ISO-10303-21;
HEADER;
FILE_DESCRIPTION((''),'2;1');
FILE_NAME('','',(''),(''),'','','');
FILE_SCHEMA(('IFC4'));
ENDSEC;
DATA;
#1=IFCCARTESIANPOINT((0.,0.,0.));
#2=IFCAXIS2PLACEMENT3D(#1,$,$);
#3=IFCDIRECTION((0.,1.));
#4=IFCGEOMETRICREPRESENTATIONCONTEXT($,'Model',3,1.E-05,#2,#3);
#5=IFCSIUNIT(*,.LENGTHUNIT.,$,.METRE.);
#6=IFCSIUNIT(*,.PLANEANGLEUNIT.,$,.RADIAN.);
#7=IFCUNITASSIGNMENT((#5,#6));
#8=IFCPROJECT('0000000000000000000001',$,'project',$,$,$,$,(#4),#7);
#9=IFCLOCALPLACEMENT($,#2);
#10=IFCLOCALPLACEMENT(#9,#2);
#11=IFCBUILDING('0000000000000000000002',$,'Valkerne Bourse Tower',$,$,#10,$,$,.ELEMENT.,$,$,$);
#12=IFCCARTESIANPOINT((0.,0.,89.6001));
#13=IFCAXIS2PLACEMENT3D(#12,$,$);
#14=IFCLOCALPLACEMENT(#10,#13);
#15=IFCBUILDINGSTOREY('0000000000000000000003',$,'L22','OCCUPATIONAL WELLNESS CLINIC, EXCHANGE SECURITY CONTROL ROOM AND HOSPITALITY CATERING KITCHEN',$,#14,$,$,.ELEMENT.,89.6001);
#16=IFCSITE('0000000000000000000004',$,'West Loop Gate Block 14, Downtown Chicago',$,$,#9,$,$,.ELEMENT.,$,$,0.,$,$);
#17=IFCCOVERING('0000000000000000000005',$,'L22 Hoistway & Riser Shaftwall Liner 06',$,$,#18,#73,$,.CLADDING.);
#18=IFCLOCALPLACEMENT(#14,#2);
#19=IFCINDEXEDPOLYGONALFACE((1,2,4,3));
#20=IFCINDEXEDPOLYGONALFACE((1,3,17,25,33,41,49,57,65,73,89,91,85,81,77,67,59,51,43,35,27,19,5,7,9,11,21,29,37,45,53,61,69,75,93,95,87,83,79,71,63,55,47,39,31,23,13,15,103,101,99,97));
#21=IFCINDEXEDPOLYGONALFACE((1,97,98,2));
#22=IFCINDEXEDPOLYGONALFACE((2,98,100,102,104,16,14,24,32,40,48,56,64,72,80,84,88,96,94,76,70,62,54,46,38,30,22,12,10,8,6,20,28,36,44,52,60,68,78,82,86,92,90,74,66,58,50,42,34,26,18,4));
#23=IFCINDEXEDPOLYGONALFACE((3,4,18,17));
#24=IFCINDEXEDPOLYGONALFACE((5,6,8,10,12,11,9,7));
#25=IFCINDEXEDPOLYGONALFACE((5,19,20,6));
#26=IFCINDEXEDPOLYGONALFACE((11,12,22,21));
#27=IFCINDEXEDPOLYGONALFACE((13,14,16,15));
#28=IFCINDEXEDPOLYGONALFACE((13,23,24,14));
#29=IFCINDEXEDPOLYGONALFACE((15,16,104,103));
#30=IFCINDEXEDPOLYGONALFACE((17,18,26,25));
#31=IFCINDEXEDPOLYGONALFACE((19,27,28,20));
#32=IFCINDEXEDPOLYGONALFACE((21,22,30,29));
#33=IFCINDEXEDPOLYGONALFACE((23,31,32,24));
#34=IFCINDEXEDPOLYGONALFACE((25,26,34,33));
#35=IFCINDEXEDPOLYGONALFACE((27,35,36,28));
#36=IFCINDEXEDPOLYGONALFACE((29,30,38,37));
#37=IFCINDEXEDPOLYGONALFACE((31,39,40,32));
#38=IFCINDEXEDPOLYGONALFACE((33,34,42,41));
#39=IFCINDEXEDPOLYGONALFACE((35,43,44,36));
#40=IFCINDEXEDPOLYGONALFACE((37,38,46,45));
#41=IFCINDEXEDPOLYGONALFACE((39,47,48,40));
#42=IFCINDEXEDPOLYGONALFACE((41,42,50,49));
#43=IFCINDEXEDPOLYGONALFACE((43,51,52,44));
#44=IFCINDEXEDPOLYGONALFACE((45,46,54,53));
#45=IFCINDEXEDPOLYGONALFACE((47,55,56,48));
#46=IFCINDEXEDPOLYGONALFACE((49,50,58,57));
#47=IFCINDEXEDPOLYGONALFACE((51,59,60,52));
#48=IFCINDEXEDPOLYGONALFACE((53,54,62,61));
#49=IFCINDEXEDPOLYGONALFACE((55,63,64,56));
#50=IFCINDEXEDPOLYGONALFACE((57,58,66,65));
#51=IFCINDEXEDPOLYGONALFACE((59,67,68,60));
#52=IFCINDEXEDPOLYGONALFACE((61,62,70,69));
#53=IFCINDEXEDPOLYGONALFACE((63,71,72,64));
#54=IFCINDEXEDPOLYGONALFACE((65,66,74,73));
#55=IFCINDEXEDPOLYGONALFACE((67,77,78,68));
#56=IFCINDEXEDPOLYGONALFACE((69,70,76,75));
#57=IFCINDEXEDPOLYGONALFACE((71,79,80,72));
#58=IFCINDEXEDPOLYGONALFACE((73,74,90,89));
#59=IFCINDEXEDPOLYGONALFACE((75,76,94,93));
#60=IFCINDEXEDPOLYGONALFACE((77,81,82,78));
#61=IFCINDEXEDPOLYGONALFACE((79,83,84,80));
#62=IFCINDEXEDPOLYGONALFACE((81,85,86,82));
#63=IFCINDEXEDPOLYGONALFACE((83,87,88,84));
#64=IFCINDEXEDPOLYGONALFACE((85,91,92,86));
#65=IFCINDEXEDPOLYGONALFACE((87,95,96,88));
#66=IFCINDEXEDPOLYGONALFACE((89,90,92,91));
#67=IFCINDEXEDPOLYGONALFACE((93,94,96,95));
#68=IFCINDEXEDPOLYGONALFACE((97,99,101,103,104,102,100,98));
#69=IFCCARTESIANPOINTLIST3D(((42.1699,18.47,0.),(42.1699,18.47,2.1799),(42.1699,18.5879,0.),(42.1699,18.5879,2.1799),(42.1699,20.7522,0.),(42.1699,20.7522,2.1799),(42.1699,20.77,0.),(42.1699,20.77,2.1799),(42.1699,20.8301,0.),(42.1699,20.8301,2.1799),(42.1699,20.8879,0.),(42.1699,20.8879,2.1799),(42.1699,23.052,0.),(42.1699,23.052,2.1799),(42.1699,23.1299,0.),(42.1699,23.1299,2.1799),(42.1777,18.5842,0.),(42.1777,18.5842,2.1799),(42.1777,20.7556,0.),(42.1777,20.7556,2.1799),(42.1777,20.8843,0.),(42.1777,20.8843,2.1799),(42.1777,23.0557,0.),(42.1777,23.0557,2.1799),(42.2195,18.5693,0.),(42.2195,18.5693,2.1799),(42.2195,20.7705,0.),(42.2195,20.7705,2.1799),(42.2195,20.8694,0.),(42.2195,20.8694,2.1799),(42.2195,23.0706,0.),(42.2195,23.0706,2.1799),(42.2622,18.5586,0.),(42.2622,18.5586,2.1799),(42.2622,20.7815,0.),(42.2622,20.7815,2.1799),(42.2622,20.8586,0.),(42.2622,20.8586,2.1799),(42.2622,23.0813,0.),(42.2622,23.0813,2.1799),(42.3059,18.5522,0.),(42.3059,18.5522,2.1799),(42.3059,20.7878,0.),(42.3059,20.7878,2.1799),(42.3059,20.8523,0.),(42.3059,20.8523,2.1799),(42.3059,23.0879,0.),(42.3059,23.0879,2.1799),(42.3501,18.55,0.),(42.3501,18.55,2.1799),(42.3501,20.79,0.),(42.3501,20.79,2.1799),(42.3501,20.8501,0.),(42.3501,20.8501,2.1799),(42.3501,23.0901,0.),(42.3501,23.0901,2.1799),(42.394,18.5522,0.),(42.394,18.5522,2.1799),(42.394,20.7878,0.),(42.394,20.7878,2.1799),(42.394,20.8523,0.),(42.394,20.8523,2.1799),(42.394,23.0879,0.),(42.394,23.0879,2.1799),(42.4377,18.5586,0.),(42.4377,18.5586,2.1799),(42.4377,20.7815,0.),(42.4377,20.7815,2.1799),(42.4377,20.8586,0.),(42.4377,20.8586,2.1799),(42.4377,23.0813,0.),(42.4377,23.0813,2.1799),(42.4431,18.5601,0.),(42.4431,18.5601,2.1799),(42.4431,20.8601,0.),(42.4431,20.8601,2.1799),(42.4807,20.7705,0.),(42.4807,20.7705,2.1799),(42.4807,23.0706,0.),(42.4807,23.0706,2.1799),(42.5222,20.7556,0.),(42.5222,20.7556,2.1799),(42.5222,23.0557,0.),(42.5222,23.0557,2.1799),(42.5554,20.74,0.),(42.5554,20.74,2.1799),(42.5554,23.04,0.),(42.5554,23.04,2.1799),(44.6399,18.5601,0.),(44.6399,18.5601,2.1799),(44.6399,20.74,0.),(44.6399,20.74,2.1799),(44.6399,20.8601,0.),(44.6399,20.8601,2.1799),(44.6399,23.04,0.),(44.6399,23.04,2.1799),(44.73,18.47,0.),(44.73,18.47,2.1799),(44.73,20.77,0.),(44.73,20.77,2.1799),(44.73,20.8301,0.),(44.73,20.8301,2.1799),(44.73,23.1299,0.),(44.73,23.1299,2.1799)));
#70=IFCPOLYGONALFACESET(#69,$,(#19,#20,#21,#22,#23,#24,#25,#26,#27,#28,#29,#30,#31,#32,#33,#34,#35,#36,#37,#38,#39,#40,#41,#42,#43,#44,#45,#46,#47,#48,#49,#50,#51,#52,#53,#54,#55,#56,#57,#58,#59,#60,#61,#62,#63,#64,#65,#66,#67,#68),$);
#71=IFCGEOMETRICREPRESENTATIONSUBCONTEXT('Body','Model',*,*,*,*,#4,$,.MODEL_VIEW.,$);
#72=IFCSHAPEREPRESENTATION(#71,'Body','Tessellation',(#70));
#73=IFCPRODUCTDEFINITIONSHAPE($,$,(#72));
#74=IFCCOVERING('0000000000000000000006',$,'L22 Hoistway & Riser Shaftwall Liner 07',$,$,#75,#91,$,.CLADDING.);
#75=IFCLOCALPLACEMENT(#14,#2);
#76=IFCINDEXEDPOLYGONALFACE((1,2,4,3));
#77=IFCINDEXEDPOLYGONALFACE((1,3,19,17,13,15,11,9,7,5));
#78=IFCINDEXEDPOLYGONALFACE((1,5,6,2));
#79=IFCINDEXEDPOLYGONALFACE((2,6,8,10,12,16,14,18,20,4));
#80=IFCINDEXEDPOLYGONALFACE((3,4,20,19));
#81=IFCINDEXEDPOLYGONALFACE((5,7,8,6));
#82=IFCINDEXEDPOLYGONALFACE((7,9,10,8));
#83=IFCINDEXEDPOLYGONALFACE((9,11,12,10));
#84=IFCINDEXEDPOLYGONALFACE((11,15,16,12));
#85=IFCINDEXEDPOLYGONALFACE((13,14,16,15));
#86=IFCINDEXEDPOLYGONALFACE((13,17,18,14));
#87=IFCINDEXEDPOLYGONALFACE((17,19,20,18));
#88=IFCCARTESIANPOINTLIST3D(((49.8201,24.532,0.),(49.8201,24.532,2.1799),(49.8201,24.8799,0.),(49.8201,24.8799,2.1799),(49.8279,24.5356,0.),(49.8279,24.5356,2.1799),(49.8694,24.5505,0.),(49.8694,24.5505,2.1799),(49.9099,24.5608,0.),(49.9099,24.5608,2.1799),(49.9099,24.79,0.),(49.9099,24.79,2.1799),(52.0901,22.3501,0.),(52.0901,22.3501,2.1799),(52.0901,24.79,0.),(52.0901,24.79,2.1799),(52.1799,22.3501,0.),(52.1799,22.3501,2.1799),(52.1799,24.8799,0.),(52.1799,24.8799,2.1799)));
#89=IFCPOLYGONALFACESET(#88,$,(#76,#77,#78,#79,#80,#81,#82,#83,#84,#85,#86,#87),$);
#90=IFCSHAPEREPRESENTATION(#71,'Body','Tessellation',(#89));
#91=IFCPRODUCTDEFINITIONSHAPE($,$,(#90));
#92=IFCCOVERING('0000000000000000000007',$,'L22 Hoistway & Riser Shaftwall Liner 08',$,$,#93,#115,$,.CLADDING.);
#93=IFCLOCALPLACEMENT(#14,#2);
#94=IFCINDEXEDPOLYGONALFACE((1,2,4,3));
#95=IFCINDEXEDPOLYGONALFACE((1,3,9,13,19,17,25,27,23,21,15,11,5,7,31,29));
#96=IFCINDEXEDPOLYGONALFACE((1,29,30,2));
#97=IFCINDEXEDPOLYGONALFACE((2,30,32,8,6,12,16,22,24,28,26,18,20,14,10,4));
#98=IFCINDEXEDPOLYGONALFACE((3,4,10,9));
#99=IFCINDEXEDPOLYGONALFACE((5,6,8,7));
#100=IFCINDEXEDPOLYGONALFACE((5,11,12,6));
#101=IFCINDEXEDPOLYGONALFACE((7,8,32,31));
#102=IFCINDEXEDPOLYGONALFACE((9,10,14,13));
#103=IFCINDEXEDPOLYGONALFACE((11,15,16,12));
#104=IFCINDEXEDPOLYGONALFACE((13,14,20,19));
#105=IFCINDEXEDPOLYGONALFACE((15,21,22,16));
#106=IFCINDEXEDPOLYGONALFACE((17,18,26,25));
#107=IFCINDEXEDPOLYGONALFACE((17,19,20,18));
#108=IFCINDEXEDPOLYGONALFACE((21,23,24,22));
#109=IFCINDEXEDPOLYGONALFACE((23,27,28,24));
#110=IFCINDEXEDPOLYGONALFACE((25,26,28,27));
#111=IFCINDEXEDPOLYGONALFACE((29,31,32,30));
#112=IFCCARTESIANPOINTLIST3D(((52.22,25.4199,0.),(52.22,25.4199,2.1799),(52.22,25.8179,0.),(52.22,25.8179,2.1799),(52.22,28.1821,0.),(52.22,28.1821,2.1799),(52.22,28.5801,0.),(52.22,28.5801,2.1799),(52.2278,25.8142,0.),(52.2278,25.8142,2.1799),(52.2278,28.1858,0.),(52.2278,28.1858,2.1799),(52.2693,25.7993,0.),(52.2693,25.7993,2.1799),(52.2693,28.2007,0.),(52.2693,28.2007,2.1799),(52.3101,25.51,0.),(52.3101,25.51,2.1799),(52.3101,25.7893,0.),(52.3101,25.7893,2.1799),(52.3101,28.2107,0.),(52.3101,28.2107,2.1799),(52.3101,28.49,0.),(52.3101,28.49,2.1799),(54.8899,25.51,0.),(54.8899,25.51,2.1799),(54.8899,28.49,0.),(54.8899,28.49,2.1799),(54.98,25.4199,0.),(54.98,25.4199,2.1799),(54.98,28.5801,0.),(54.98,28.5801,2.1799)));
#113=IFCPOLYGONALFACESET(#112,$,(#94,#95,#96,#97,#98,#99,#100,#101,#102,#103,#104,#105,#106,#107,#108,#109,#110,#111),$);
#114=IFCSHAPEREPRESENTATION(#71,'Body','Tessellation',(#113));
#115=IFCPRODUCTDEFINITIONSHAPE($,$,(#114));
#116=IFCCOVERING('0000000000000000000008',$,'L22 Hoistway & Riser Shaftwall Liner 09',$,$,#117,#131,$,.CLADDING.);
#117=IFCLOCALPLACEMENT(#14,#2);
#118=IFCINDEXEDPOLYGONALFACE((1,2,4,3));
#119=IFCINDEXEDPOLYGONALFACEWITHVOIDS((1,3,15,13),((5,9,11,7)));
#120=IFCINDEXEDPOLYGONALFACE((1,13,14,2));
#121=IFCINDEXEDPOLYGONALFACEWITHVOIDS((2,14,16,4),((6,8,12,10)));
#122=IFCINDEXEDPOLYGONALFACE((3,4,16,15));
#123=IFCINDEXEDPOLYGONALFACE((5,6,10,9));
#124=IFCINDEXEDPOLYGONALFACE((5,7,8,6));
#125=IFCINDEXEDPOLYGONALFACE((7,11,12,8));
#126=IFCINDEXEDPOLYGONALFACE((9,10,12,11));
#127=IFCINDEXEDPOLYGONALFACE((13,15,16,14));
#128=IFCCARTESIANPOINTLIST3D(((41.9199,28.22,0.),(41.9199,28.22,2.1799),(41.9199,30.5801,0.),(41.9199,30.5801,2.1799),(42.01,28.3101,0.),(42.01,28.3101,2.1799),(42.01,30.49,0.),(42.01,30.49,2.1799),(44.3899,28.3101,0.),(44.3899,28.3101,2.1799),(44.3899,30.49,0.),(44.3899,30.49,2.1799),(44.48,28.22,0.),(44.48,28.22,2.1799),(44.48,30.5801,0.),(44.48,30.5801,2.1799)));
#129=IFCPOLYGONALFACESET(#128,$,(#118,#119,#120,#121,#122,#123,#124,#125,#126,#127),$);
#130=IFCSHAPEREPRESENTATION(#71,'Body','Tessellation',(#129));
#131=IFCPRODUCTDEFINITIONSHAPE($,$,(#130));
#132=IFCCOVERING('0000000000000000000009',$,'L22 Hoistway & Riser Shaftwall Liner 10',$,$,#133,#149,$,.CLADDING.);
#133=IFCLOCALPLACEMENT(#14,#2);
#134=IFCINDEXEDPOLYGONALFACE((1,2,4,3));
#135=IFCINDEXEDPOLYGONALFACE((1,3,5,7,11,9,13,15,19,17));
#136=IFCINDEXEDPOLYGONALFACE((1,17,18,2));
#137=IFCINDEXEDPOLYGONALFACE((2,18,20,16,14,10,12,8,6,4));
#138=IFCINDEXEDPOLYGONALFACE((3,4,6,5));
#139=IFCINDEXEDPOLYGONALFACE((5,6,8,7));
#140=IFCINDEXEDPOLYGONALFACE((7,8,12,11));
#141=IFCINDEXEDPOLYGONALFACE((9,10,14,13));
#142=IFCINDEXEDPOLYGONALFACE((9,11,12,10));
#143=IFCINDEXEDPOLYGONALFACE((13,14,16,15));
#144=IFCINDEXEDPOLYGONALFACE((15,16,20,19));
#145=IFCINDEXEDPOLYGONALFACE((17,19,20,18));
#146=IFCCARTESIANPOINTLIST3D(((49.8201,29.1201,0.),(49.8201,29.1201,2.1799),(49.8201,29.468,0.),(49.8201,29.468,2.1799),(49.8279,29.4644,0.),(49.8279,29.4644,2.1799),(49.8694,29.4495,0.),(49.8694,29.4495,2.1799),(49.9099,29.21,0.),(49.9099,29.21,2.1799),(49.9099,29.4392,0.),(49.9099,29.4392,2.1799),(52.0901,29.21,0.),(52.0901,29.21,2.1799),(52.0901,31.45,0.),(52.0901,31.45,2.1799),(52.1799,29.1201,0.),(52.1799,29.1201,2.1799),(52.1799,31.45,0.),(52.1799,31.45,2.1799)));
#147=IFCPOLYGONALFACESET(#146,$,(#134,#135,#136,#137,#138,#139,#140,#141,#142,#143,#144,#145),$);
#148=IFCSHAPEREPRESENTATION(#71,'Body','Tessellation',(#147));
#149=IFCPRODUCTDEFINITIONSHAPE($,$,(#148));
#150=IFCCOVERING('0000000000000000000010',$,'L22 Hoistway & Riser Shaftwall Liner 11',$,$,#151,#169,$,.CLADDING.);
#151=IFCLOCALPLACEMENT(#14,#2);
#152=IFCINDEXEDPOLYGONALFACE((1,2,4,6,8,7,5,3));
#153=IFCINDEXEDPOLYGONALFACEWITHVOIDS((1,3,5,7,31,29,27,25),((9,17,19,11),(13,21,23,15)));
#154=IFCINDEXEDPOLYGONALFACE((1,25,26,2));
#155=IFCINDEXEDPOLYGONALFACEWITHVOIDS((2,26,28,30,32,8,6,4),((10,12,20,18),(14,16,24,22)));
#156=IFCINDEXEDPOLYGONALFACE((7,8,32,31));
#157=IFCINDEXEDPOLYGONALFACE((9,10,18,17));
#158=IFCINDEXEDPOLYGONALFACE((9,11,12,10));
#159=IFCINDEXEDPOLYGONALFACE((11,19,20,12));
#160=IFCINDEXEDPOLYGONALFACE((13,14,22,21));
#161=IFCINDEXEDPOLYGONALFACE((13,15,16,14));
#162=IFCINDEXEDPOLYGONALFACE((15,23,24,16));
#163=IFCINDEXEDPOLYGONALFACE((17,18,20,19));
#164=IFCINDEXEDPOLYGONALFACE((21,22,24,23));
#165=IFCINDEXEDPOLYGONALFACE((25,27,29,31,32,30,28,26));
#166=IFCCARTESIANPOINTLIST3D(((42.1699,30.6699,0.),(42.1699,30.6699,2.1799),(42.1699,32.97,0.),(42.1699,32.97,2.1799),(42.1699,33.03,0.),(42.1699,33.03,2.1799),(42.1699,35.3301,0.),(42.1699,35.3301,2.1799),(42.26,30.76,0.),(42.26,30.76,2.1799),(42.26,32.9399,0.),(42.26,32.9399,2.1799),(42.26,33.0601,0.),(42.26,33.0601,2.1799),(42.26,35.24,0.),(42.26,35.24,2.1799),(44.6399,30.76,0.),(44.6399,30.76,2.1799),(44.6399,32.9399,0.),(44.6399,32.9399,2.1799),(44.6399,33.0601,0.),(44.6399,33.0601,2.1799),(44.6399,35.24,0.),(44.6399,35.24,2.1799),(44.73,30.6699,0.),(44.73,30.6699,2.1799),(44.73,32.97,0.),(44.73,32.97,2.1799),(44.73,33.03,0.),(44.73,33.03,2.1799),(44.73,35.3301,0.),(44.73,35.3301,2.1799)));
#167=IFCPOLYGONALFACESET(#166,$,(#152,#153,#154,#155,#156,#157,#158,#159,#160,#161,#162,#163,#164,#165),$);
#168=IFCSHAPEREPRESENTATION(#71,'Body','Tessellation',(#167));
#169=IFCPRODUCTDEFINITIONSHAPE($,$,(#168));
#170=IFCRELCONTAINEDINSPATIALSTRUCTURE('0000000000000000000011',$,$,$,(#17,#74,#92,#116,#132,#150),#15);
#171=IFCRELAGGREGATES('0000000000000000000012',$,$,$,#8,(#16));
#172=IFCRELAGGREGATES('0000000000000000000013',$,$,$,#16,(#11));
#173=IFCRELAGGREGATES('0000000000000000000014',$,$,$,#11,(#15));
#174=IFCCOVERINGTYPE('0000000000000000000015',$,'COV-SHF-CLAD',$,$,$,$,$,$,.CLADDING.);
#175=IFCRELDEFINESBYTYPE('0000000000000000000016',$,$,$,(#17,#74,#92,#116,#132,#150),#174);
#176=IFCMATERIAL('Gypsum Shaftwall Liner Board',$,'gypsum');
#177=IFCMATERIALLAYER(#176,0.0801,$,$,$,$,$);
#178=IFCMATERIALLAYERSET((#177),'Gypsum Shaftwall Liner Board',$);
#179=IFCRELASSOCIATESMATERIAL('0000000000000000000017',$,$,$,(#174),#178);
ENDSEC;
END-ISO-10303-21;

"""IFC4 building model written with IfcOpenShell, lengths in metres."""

from ifc_helpers import new_model, si_unit, direction, frame, origin, place, context, subcontext, project, spatial, polyline, outline, extrude, material, layer, layer_set, type_object, element, save


model = new_model("IFC4")

# Units and contexts
model_context = context("Model", 3, precision=1e-05, world=origin(), true_north=direction((0.0, 1.0)))
body_context = subcontext(model_context, "Body", "Model", "MODEL_VIEW")
ifc_project = project(units=[si_unit("LENGTHUNIT", "METRE"), si_unit("PLANEANGLEUNIT", "RADIAN")], contexts=[model_context])

# Site, building, storey
site_placement = place(None, origin())
site = spatial("IfcSite", under=ifc_project, at=site_placement, Name="West Loop Gate Block 14, Downtown Chicago", CompositionType="ELEMENT", RefElevation=0.0)
building_placement = place(site_placement, origin())
building = spatial("IfcBuilding", under=site, at=building_placement, Name="Valkerne Bourse Tower", CompositionType="ELEMENT")
storey_placement = place(building_placement, frame((0.0, 0.0, 89.6001)))
storey = spatial("IfcBuildingStorey", under=building, at=storey_placement, Name="L22", Description="OCCUPATIONAL WELLNESS CLINIC, EXCHANGE SECURITY CONTROL ROOM AND HOSPITALITY CATERING KITCHEN", CompositionType="ELEMENT", Elevation=89.6001)

# Coverings
ifc_material_1 = material(Name="Gypsum Shaftwall Liner Board", Category="gypsum")
ifc_layer_1 = layer(ifc_material_1, 0.0801)
ifc_layer_set_1 = layer_set([ifc_layer_1], Name="Gypsum Shaftwall Liner Board")
covering_type_1 = type_object("IfcCoveringType", Name="COV-SHF-CLAD", PredefinedType="CLADDING", material=ifc_layer_set_1)
covering_1_placement = place(storey_placement, origin())
element("IfcCovering", 1, at=covering_1_placement, inside=storey, type_object=covering_type_1, Name="L22 Hoistway & Riser Shaftwall Liner 06", PredefinedType="CLADDING", context=body_context, shape_type="SweptSolid", body=[
    extrude(outline(polyline([(42.1699, 20.8301), (42.1699, 20.8879), (42.1777, 20.8843), (42.2195, 20.8694), (42.2622, 20.8586), (42.3059, 20.8523), (42.3501, 20.8501), (42.394, 20.8523), (42.4377, 20.8586), (42.4431, 20.8601), (44.6399, 20.8601), (44.6399, 23.04), (42.5554, 23.04), (42.5222, 23.0557), (42.4807, 23.0706), (42.4377, 23.0813), (42.394, 23.0879), (42.3501, 23.0901), (42.3059, 23.0879), (42.2622, 23.0813), (42.2195, 23.0706), (42.1777, 23.0557), (42.1699, 23.052), (42.1699, 23.1299), (44.73, 23.1299), (44.73, 20.8301), (44.73, 20.77), (44.73, 18.47), (42.1699, 18.47), (42.1699, 18.5879), (42.1777, 18.5842), (42.2195, 18.5693), (42.2622, 18.5586), (42.3059, 18.5522), (42.3501, 18.55), (42.394, 18.5522), (42.4377, 18.5586), (42.4431, 18.5601), (44.6399, 18.5601), (44.6399, 20.74), (42.5554, 20.74), (42.5222, 20.7556), (42.4807, 20.7705), (42.4377, 20.7815), (42.394, 20.7878), (42.3501, 20.79), (42.3059, 20.7878), (42.2622, 20.7815), (42.2195, 20.7705), (42.1777, 20.7556), (42.1699, 20.7522), (42.1699, 20.77), (42.1699, 20.8301)])), origin(), (0.0, 0.0, 1.0), 2.1799),
])
covering_2_placement = place(storey_placement, origin())
element("IfcCovering", 2, at=covering_2_placement, inside=storey, type_object=covering_type_1, Name="L22 Hoistway & Riser Shaftwall Liner 07", PredefinedType="CLADDING", context=body_context, shape_type="SweptSolid", body=[
    extrude(outline(polyline([(52.1799, 22.3501), (52.0901, 22.3501), (52.0901, 24.79), (49.9099, 24.79), (49.9099, 24.5608), (49.8694, 24.5505), (49.8279, 24.5356), (49.8201, 24.532), (49.8201, 24.8799), (52.1799, 24.8799), (52.1799, 22.3501)])), origin(), (0.0, 0.0, 1.0), 2.1799),
])
covering_3_placement = place(storey_placement, origin())
element("IfcCovering", 3, at=covering_3_placement, inside=storey, type_object=covering_type_1, Name="L22 Hoistway & Riser Shaftwall Liner 08", PredefinedType="CLADDING", context=body_context, shape_type="SweptSolid", body=[
    extrude(outline(polyline([(54.98, 25.4199), (52.22, 25.4199), (52.22, 25.8179), (52.2278, 25.8142), (52.2693, 25.7993), (52.3101, 25.7893), (52.3101, 25.51), (54.8899, 25.51), (54.8899, 28.49), (52.3101, 28.49), (52.3101, 28.2107), (52.2693, 28.2007), (52.2278, 28.1858), (52.22, 28.1821), (52.22, 28.5801), (54.98, 28.5801), (54.98, 25.4199)])), origin(), (0.0, 0.0, 1.0), 2.1799),
])
covering_4_placement = place(storey_placement, origin())
element("IfcCovering", 4, at=covering_4_placement, inside=storey, type_object=covering_type_1, Name="L22 Hoistway & Riser Shaftwall Liner 09", PredefinedType="CLADDING", context=body_context, shape_type="SweptSolid", body=[
    extrude(outline(polyline([(44.48, 28.22), (41.9199, 28.22), (41.9199, 30.5801), (44.48, 30.5801), (44.48, 28.22)]), holes=[polyline([(42.01, 30.49), (42.01, 28.3101), (44.3899, 28.3101), (44.3899, 30.49), (42.01, 30.49)])]), origin(), (0.0, 0.0, 1.0), 2.1799),
])
covering_5_placement = place(storey_placement, origin())
element("IfcCovering", 5, at=covering_5_placement, inside=storey, type_object=covering_type_1, Name="L22 Hoistway & Riser Shaftwall Liner 10", PredefinedType="CLADDING", context=body_context, shape_type="SweptSolid", body=[
    extrude(outline(polyline([(49.8201, 29.1201), (49.8201, 29.468), (49.8279, 29.4644), (49.8694, 29.4495), (49.9099, 29.4392), (49.9099, 29.21), (52.0901, 29.21), (52.0901, 31.45), (52.1799, 31.45), (52.1799, 29.1201), (49.8201, 29.1201)])), origin(), (0.0, 0.0, 1.0), 2.1799),
])
covering_6_placement = place(storey_placement, origin())
element("IfcCovering", 6, at=covering_6_placement, inside=storey, type_object=covering_type_1, Name="L22 Hoistway & Riser Shaftwall Liner 11", PredefinedType="CLADDING", context=body_context, shape_type="SweptSolid", body=[
    extrude(outline(polyline([(44.73, 35.3301), (44.73, 33.03), (44.73, 32.97), (44.73, 30.6699), (42.1699, 30.6699), (42.1699, 32.97), (42.1699, 33.03), (42.1699, 35.3301), (44.73, 35.3301)]), holes=[polyline([(42.26, 30.76), (44.6399, 30.76), (44.6399, 32.9399), (42.26, 32.9399), (42.26, 30.76)]), polyline([(42.26, 33.0601), (44.6399, 33.0601), (44.6399, 35.24), (42.26, 35.24), (42.26, 33.0601)])]), origin(), (0.0, 0.0, 1.0), 2.1799),
])

save(model, "model.ifc")
